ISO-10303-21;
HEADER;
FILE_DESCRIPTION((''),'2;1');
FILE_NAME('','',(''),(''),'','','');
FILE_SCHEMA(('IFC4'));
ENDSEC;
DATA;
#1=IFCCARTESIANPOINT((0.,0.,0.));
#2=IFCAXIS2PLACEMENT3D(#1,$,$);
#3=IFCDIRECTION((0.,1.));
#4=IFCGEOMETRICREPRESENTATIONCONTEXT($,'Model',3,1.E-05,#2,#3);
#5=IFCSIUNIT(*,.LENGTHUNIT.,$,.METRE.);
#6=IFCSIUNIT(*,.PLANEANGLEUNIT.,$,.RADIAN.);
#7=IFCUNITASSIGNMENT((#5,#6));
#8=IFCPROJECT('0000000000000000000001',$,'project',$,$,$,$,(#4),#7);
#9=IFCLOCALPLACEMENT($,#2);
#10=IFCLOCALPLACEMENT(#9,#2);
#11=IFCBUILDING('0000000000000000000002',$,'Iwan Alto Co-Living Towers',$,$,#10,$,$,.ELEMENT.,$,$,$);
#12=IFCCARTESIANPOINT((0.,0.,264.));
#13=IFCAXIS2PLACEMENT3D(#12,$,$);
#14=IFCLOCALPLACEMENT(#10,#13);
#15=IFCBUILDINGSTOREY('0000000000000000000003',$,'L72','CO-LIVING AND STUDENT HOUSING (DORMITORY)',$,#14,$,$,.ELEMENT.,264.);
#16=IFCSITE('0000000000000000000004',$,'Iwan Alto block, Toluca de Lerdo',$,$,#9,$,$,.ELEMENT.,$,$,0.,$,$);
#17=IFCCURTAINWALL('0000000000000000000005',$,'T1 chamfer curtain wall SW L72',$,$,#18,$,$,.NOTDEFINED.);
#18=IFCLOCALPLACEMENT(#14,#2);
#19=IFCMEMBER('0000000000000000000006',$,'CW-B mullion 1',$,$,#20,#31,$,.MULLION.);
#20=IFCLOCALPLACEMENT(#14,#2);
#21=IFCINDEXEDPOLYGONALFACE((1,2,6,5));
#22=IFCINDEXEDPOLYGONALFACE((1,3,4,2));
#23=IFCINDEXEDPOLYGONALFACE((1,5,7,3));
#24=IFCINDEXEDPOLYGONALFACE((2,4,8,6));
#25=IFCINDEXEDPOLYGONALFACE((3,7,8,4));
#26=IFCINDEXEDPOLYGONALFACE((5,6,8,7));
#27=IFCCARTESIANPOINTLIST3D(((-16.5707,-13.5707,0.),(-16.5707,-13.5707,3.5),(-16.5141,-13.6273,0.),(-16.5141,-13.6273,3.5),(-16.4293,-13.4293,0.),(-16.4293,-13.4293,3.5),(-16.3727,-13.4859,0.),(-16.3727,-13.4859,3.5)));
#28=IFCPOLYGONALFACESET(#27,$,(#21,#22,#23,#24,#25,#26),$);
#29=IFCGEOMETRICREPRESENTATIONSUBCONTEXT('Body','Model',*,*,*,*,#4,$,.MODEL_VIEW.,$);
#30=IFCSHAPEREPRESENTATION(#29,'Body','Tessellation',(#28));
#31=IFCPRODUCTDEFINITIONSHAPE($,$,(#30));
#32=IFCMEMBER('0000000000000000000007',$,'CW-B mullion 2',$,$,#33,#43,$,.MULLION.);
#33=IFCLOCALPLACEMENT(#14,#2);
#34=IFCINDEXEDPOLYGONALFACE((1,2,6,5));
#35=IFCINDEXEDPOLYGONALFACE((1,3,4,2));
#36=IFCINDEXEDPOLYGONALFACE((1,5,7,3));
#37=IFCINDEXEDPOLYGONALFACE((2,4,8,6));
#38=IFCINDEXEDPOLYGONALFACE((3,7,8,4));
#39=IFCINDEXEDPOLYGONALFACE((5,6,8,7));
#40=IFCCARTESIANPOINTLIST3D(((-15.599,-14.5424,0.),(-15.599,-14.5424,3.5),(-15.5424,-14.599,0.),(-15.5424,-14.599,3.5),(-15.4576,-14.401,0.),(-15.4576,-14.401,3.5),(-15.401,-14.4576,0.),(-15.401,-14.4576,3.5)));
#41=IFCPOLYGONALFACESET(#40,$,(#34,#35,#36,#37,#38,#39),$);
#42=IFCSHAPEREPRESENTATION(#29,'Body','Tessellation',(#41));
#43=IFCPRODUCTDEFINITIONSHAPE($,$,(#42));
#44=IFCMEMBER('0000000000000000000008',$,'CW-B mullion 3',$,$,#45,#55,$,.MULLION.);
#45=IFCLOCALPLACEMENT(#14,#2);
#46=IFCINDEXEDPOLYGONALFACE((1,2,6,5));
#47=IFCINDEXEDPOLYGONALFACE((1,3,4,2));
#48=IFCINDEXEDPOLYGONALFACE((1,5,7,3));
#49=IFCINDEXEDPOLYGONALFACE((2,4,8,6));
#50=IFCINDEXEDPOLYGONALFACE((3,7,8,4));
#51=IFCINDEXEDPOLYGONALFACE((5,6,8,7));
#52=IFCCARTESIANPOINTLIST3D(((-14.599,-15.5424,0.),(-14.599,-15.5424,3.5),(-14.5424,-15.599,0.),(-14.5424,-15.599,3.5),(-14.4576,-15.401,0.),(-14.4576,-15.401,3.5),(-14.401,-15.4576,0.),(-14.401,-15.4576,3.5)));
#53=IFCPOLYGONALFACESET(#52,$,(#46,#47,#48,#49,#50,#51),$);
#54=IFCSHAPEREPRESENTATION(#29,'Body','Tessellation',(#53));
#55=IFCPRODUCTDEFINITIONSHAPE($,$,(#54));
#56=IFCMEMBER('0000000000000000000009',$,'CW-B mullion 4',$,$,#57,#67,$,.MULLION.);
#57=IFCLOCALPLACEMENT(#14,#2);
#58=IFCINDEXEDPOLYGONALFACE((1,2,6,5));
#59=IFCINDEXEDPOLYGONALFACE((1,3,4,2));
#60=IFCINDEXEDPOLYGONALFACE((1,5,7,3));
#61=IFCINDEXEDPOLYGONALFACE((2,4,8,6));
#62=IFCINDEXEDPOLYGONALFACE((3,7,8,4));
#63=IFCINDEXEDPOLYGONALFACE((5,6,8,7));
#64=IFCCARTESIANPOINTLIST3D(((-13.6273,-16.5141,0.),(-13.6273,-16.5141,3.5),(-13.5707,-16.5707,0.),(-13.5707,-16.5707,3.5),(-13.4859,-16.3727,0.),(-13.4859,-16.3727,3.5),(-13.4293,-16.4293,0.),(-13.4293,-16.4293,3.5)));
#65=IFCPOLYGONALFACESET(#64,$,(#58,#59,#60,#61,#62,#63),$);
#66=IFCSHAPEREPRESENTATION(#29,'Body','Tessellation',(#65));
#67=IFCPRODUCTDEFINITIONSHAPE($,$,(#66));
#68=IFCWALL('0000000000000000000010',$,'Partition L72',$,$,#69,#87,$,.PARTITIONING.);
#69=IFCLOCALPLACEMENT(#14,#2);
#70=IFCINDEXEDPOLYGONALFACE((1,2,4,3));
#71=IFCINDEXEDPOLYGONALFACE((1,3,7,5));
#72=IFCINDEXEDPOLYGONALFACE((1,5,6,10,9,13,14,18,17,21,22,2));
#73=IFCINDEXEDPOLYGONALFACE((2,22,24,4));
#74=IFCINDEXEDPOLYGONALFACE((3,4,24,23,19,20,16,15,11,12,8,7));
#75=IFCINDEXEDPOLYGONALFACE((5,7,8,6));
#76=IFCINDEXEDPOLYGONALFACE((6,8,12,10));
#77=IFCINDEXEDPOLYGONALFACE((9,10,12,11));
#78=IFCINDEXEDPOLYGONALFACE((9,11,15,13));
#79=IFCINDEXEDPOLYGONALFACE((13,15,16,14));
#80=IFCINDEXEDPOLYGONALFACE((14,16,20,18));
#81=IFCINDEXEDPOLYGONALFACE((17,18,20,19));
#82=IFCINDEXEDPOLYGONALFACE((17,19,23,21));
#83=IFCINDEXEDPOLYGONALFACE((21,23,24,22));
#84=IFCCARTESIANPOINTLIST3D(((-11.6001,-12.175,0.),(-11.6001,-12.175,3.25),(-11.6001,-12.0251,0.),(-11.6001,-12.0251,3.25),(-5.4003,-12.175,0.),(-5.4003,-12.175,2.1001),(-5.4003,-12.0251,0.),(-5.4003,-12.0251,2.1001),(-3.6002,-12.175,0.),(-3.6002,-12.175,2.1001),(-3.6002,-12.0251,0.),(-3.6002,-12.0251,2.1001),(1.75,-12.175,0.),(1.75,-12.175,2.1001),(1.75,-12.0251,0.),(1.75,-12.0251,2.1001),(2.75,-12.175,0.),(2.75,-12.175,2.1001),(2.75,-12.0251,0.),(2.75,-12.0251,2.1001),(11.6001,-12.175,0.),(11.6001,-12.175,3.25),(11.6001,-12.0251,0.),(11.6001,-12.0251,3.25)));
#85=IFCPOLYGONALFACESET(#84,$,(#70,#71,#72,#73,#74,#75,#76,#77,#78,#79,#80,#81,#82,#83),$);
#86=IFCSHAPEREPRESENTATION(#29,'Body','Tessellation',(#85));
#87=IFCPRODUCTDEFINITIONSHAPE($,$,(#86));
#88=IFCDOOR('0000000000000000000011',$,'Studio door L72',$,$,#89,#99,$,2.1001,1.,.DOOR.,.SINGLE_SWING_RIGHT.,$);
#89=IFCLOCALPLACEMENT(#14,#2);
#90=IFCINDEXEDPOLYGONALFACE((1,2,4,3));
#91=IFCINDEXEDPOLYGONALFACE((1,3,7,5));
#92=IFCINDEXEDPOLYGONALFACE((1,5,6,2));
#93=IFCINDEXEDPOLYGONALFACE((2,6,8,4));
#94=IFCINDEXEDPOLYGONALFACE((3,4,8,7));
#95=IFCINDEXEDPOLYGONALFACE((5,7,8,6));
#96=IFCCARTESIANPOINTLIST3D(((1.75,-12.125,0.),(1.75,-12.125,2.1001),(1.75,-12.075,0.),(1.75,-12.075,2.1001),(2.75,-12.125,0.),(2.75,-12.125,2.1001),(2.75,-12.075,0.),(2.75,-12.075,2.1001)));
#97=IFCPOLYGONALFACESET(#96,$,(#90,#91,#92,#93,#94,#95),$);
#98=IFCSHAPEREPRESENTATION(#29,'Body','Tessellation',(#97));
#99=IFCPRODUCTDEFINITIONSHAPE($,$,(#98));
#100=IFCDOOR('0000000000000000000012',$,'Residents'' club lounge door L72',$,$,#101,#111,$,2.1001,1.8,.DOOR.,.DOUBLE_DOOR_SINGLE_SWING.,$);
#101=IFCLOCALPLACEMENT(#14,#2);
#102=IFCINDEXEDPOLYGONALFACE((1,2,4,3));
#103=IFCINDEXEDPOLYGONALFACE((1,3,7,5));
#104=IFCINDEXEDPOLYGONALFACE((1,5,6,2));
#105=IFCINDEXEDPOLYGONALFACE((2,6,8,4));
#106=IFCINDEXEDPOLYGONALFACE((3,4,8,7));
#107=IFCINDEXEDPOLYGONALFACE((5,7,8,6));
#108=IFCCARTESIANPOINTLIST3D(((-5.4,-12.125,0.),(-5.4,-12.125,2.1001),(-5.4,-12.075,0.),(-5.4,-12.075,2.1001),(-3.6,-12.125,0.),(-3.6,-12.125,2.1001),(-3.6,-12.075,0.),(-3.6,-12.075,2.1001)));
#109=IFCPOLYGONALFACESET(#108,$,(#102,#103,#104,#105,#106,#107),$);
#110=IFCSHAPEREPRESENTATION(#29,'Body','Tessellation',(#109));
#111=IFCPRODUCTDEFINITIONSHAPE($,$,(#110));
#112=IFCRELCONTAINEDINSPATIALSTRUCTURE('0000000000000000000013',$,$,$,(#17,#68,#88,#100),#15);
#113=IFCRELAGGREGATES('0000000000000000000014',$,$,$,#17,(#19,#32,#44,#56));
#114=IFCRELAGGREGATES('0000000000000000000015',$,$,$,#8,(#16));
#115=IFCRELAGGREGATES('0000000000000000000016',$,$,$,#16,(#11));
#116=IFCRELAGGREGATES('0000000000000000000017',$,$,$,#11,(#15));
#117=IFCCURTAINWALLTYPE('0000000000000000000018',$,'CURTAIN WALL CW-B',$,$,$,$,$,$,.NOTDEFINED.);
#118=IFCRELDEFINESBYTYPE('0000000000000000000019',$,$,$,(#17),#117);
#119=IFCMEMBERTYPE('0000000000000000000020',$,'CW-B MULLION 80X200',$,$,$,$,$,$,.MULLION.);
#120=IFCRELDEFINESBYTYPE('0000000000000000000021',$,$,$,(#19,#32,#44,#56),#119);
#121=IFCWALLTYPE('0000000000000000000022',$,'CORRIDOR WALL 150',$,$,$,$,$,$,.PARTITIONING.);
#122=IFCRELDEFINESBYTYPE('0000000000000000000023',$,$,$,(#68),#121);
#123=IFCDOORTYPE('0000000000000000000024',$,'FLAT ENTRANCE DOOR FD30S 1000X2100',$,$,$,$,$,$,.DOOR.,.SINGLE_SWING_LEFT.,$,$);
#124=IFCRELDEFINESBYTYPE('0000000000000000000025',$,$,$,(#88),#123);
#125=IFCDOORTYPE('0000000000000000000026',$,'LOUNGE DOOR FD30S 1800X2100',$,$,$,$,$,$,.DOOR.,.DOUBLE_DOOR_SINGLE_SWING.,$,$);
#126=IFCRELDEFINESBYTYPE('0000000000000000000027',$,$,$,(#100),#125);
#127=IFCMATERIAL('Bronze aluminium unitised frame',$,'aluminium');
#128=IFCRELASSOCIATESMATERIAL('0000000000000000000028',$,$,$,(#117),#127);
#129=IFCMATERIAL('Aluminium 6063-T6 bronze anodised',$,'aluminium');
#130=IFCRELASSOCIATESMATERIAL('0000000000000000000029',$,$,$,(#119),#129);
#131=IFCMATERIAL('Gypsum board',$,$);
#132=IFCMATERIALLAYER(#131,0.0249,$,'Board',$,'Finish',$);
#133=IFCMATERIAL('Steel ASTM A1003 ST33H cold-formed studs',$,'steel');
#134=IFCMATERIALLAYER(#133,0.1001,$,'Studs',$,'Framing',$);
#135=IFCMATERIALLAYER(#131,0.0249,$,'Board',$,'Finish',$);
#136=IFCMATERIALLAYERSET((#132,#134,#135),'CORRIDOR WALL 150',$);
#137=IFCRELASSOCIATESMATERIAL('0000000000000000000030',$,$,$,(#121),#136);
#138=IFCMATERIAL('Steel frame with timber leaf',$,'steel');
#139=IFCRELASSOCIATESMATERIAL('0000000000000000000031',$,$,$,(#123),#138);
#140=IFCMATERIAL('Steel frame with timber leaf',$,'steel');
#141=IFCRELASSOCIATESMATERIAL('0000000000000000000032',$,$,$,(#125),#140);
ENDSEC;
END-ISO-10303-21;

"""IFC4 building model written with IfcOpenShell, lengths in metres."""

from ifc_helpers import new_model, si_unit, direction, frame, frame_2d, origin, origin_2d, place, context, subcontext, project, spatial, rectangle, extrude, material, layer, layer_set, material_profile, profile_set, type_object, element, fill, aggregate, save


model = new_model("IFC4")

# Units and contexts
model_context = context("Model", 3, precision=1e-05, world=origin(), true_north=direction((0.0, 1.0)))
body_context = subcontext(model_context, "Body", "Model", "MODEL_VIEW")
ifc_project = project(units=[si_unit("LENGTHUNIT", "METRE"), si_unit("PLANEANGLEUNIT", "RADIAN")], contexts=[model_context])

# Site, building, storey
site_placement = place(None, origin())
site = spatial("IfcSite", under=ifc_project, at=site_placement, Name="Iwan Alto block, Toluca de Lerdo", CompositionType="ELEMENT", RefElevation=0.0)
building_placement = place(site_placement, origin())
building = spatial("IfcBuilding", under=site, at=building_placement, Name="Iwan Alto Co-Living Towers", CompositionType="ELEMENT")
storey_placement = place(building_placement, frame((0.0, 0.0, 264.0)))
storey = spatial("IfcBuildingStorey", under=building, at=storey_placement, Name="L72", Description="CO-LIVING AND STUDENT HOUSING (DORMITORY)", CompositionType="ELEMENT", Elevation=264.0)

# Curtain wall, members
ifc_material_1 = material(Name="Bronze aluminium unitised frame", Category="aluminium")
curtain_wall_type = type_object("IfcCurtainWallType", Name="CURTAIN WALL CW-B", PredefinedType="NOTDEFINED", material=ifc_material_1)
curtain_wall_placement = place(storey_placement, origin())
curtain_wall = element("IfcCurtainWall", 1, at=curtain_wall_placement, inside=storey, type_object=curtain_wall_type, Name="T1 chamfer curtain wall SW L72", PredefinedType="NOTDEFINED")
ifc_material_2 = material(Name="Aluminium 6063-T6 bronze anodised", Category="aluminium")
ifc_material_profile = material_profile(ifc_material_2, rectangle(XDim=0.2, YDim=0.0801, at=origin_2d()), Name="AL 80X200")
ifc_profile_set = profile_set([ifc_material_profile], Name="Aluminium 6063-T6 bronze anodised")
member_type = type_object("IfcMemberType", Name="CW-B MULLION 80X200", PredefinedType="MULLION", material=ifc_profile_set)
member_1_placement = place(storey_placement, frame((-16.4717, -13.5283, 0.0), z_axis=(0.0, 0.0, 1.0), x_axis=(0.707107, 0.707107, 0.0)))
member_1 = element("IfcMember", 2, at=member_1_placement, type_object=member_type, Name="CW-B mullion 1", PredefinedType="MULLION", context=body_context, shape_type="SweptSolid", body=[
    extrude(rectangle(XDim=0.2, YDim=0.0801, at=origin_2d()), origin(), (0.0, 0.0, 1.0), 3.5),
])
member_2_placement = place(storey_placement, frame((-15.5, -14.5, 0.0), z_axis=(0.0, 0.0, 1.0), x_axis=(0.707107, 0.707107, 0.0)))
member_2 = element("IfcMember", 3, at=member_2_placement, type_object=member_type, Name="CW-B mullion 2", PredefinedType="MULLION", context=body_context, shape_type="SweptSolid", body=[
    extrude(rectangle(XDim=0.2, YDim=0.0801, at=origin_2d()), origin(), (0.0, 0.0, 1.0), 3.5),
])
member_3_placement = place(storey_placement, frame((-14.5, -15.5, 0.0), z_axis=(0.0, 0.0, 1.0), x_axis=(0.707107, 0.707107, 0.0)))
member_3 = element("IfcMember", 4, at=member_3_placement, type_object=member_type, Name="CW-B mullion 3", PredefinedType="MULLION", context=body_context, shape_type="SweptSolid", body=[
    extrude(rectangle(XDim=0.2, YDim=0.0801, at=origin_2d()), origin(), (0.0, 0.0, 1.0), 3.5),
])
member_4_placement = place(storey_placement, frame((-13.5283, -16.4717, 0.0), z_axis=(0.0, 0.0, 1.0), x_axis=(0.707107, 0.707107, 0.0)))
member_4 = element("IfcMember", 5, at=member_4_placement, type_object=member_type, Name="CW-B mullion 4", PredefinedType="MULLION", context=body_context, shape_type="SweptSolid", body=[
    extrude(rectangle(XDim=0.2, YDim=0.0801, at=origin_2d()), origin(), (0.0, 0.0, 1.0), 3.5),
])
aggregate(curtain_wall, [member_1, member_2, member_3, member_4])

# Wall, openings, doors
ifc_material_3 = material(Name="Gypsum board")
ifc_layer_1 = layer(ifc_material_3, 0.0249, Name="Board", Category="Finish")
ifc_material_4 = material(Name="Steel ASTM A1003 ST33H cold-formed studs", Category="steel")
ifc_layer_2 = layer(ifc_material_4, 0.1001, Name="Studs", Category="Framing")
ifc_layer_3 = layer(ifc_material_3, 0.0249, Name="Board", Category="Finish")
ifc_layer_set_1 = layer_set([ifc_layer_1, ifc_layer_2, ifc_layer_3], Name="CORRIDOR WALL 150")
wall_type_1 = type_object("IfcWallType", Name="CORRIDOR WALL 150", PredefinedType="PARTITIONING", material=ifc_layer_set_1)
wall_1_placement = place(storey_placement, frame((-11.6001, -12.1001, 0.0), z_axis=(0.0, 0.0, 1.0), x_axis=(1.0, 0.0, 0.0)))
wall_1 = element("IfcWall", 6, at=wall_1_placement, inside=storey, type_object=wall_type_1, Name="Partition L72", PredefinedType="PARTITIONING", context=body_context, shape_type="SweptSolid", body=[
    extrude(rectangle(XDim=23.2002, YDim=0.1499, at=frame_2d((11.6001, 0.0))), origin(), (0.0, 0.0, 1.0), 3.25),
])
opening_1_placement = place(wall_1_placement, frame((6.2, 0.0, 0.0)))
opening_1 = element("IfcOpeningElement", 7, at=opening_1_placement, cuts=wall_1, PredefinedType="OPENING", context=body_context, shape_type="SweptSolid", body=[
    extrude(rectangle(XDim=1.8, YDim=2.1001, at=frame_2d((0.8999, 1.05))), frame((0.0, 0.085, 0.0), z_axis=(0.0, -1.0, 0.0), x_axis=(1.0, 0.0, 0.0)), (0.0, 0.0, 1.0), 0.1699),
])
opening_2_placement = place(wall_1_placement, frame((13.3501, 0.0, 0.0)))
opening_2 = element("IfcOpeningElement", 8, at=opening_2_placement, cuts=wall_1, PredefinedType="OPENING", context=body_context, shape_type="SweptSolid", body=[
    extrude(rectangle(XDim=1.0, YDim=2.1001, at=frame_2d((0.5, 1.05))), frame((0.0, 0.085, 0.0), z_axis=(0.0, -1.0, 0.0), x_axis=(1.0, 0.0, 0.0)), (0.0, 0.0, 1.0), 0.1699),
])
ifc_material_5 = material(Name="Steel frame with timber leaf", Category="steel")
door_type_1 = type_object("IfcDoorType", Name="FLAT ENTRANCE DOOR FD30S 1000X2100", OperationType="SINGLE_SWING_LEFT", PredefinedType="DOOR", material=ifc_material_5)
door_1_placement = place(opening_2_placement, frame((1.0, 0.0, 0.0), z_axis=(0.0, 0.0, 1.0), x_axis=(-1.0, 0.0, 0.0)))
door_1 = element("IfcDoor", 9, at=door_1_placement, inside=storey, type_object=door_type_1, Name="Studio door L72", OperationType="SINGLE_SWING_RIGHT", OverallHeight=2.1001, OverallWidth=1.0, PredefinedType="DOOR", context=body_context, shape_type="SweptSolid", body=[
    extrude(rectangle(XDim=1.0, YDim=2.1001, at=frame_2d((0.5, 1.05))), frame((0.0, 0.0249, 0.0), z_axis=(0.0, -1.0, 0.0), x_axis=(1.0, 0.0, 0.0)), (0.0, 0.0, 1.0), 0.05),
])
fill(opening_2, door_1)
ifc_material_6 = material(Name="Steel frame with timber leaf", Category="steel")
door_type_2 = type_object("IfcDoorType", Name="LOUNGE DOOR FD30S 1800X2100", OperationType="DOUBLE_DOOR_SINGLE_SWING", PredefinedType="DOOR", material=ifc_material_6)
door_2_placement = place(opening_1_placement, frame((1.8, 0.0, 0.0), z_axis=(0.0, 0.0, 1.0), x_axis=(-1.0, 0.0, 0.0)))
door_2 = element("IfcDoor", 10, at=door_2_placement, inside=storey, type_object=door_type_2, Name="Residents' club lounge door L72", OperationType="DOUBLE_DOOR_SINGLE_SWING", OverallHeight=2.1001, OverallWidth=1.8, PredefinedType="DOOR", context=body_context, shape_type="SweptSolid", body=[
    extrude(rectangle(XDim=1.8, YDim=2.1001, at=frame_2d((0.8999, 1.05))), frame((0.0, 0.0249, 0.0), z_axis=(0.0, -1.0, 0.0), x_axis=(1.0, 0.0, 0.0)), (0.0, 0.0, 1.0), 0.05),
])
fill(opening_1, door_2)

save(model, "model.ifc")
